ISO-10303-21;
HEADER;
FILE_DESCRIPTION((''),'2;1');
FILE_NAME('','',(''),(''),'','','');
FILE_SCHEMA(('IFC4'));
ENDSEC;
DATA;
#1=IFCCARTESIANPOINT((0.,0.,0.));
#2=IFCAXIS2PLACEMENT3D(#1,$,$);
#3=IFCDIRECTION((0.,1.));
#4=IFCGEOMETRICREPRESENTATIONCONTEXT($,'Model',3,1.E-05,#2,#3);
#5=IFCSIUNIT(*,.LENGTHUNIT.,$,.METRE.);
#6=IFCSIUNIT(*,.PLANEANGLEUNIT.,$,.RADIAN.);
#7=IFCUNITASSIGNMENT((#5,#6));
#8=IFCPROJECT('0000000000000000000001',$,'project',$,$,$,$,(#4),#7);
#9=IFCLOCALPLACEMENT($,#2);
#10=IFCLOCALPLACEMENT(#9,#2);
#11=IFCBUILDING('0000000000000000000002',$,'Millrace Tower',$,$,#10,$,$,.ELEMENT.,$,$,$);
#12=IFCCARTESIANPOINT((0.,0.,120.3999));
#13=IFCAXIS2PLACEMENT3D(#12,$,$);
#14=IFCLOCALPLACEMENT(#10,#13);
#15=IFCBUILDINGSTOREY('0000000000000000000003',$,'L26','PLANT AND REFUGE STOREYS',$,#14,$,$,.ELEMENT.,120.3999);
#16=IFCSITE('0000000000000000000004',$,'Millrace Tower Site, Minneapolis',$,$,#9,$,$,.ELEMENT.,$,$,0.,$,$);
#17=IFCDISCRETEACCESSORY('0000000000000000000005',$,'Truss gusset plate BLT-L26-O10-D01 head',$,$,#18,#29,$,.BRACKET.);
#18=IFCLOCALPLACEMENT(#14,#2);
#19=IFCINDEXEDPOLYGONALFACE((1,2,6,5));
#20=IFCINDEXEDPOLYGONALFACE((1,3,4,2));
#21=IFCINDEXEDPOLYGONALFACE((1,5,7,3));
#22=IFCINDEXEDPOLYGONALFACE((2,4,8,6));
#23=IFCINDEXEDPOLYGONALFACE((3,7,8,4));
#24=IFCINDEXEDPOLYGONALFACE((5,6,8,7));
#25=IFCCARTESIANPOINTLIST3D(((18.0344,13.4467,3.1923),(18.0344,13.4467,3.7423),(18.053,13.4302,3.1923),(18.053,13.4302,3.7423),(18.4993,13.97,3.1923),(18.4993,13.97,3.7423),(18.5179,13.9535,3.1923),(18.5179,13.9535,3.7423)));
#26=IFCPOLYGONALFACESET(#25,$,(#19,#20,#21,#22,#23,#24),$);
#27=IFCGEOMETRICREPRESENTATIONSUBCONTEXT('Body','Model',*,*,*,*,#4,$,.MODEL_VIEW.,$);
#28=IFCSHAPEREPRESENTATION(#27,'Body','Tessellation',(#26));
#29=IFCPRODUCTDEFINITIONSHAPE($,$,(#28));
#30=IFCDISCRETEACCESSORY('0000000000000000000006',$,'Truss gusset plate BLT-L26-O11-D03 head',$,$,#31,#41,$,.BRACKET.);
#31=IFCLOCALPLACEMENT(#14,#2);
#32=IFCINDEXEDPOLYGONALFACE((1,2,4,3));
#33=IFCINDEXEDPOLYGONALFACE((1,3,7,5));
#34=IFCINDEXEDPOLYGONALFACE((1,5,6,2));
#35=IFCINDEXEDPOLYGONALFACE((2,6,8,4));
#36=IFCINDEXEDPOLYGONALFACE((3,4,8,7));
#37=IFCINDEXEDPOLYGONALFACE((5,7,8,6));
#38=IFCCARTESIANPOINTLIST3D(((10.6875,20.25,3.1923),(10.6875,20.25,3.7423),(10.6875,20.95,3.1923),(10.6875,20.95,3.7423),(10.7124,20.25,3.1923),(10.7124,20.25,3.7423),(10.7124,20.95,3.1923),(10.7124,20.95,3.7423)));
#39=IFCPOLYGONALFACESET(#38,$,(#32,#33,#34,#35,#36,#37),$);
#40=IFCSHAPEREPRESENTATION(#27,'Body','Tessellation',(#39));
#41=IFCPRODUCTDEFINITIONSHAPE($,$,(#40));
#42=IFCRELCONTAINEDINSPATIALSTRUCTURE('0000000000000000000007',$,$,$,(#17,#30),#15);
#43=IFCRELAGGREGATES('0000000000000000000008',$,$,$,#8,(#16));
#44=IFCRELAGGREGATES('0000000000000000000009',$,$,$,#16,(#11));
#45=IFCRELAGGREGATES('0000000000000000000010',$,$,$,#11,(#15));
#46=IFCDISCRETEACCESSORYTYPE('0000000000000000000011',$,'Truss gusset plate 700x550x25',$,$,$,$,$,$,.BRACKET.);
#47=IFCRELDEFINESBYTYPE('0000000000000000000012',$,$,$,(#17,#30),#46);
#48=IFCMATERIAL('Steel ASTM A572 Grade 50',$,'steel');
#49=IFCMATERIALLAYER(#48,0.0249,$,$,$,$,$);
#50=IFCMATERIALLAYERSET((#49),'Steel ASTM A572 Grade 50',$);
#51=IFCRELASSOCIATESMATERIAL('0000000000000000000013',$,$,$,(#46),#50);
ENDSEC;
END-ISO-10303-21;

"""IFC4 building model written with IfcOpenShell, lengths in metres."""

from ifc_helpers import new_model, si_unit, direction, frame, origin, origin_2d, place, context, subcontext, project, spatial, rectangle, extrude, material, layer, layer_set, type_object, element, save


model = new_model("IFC4")

# Units and contexts
model_context = context("Model", 3, precision=1e-05, world=origin(), true_north=direction((0.0, 1.0)))
body_context = subcontext(model_context, "Body", "Model", "MODEL_VIEW")
ifc_project = project(units=[si_unit("LENGTHUNIT", "METRE"), si_unit("PLANEANGLEUNIT", "RADIAN")], contexts=[model_context])

# Site, building, storey
site_placement = place(None, origin())
site = spatial("IfcSite", under=ifc_project, at=site_placement, Name="Millrace Tower Site, Minneapolis", CompositionType="ELEMENT", RefElevation=0.0)
building_placement = place(site_placement, origin())
building = spatial("IfcBuilding", under=site, at=building_placement, Name="Millrace Tower", CompositionType="ELEMENT")
storey_placement = place(building_placement, frame((0.0, 0.0, 120.3999)))
storey = spatial("IfcBuildingStorey", under=building, at=storey_placement, Name="L26", Description="PLANT AND REFUGE STOREYS", CompositionType="ELEMENT", Elevation=120.3999)

# Discrete accessories
ifc_material_1 = material(Name="Steel ASTM A572 Grade 50", Category="steel")
ifc_layer_1 = layer(ifc_material_1, 0.0249)
ifc_layer_set_1 = layer_set([ifc_layer_1], Name="Steel ASTM A572 Grade 50")
discrete_accessory_type = type_object("IfcDiscreteAccessoryType", Name="Truss gusset plate 700x550x25", PredefinedType="BRACKET", material=ifc_layer_set_1)
for number, where, z_axis, x_axis, name in (
    (1, (18.0437, 13.4385, 3.4673), (0.664191, 0.747563, 0.0), (-0.747563, 0.664191, 0.0), "Truss gusset plate BLT-L26-O10-D01 head"),
    (2, (10.7, 20.25, 3.4673), (0.0, 1.0, 0.0), (-1.0, 0.0, 0.0), "Truss gusset plate BLT-L26-O11-D03 head"),
):
    element("IfcDiscreteAccessory", number, at=place(storey_placement, frame(where, z_axis=z_axis, x_axis=x_axis)), inside=storey, type_object=discrete_accessory_type, Name=name, PredefinedType="BRACKET", context=body_context, shape_type="SweptSolid", body=[
        extrude(rectangle(XDim=0.0249, YDim=0.55, at=origin_2d()), origin(), (0.0, 0.0, 1.0), 0.7),
    ])

save(model, "model.ifc")
